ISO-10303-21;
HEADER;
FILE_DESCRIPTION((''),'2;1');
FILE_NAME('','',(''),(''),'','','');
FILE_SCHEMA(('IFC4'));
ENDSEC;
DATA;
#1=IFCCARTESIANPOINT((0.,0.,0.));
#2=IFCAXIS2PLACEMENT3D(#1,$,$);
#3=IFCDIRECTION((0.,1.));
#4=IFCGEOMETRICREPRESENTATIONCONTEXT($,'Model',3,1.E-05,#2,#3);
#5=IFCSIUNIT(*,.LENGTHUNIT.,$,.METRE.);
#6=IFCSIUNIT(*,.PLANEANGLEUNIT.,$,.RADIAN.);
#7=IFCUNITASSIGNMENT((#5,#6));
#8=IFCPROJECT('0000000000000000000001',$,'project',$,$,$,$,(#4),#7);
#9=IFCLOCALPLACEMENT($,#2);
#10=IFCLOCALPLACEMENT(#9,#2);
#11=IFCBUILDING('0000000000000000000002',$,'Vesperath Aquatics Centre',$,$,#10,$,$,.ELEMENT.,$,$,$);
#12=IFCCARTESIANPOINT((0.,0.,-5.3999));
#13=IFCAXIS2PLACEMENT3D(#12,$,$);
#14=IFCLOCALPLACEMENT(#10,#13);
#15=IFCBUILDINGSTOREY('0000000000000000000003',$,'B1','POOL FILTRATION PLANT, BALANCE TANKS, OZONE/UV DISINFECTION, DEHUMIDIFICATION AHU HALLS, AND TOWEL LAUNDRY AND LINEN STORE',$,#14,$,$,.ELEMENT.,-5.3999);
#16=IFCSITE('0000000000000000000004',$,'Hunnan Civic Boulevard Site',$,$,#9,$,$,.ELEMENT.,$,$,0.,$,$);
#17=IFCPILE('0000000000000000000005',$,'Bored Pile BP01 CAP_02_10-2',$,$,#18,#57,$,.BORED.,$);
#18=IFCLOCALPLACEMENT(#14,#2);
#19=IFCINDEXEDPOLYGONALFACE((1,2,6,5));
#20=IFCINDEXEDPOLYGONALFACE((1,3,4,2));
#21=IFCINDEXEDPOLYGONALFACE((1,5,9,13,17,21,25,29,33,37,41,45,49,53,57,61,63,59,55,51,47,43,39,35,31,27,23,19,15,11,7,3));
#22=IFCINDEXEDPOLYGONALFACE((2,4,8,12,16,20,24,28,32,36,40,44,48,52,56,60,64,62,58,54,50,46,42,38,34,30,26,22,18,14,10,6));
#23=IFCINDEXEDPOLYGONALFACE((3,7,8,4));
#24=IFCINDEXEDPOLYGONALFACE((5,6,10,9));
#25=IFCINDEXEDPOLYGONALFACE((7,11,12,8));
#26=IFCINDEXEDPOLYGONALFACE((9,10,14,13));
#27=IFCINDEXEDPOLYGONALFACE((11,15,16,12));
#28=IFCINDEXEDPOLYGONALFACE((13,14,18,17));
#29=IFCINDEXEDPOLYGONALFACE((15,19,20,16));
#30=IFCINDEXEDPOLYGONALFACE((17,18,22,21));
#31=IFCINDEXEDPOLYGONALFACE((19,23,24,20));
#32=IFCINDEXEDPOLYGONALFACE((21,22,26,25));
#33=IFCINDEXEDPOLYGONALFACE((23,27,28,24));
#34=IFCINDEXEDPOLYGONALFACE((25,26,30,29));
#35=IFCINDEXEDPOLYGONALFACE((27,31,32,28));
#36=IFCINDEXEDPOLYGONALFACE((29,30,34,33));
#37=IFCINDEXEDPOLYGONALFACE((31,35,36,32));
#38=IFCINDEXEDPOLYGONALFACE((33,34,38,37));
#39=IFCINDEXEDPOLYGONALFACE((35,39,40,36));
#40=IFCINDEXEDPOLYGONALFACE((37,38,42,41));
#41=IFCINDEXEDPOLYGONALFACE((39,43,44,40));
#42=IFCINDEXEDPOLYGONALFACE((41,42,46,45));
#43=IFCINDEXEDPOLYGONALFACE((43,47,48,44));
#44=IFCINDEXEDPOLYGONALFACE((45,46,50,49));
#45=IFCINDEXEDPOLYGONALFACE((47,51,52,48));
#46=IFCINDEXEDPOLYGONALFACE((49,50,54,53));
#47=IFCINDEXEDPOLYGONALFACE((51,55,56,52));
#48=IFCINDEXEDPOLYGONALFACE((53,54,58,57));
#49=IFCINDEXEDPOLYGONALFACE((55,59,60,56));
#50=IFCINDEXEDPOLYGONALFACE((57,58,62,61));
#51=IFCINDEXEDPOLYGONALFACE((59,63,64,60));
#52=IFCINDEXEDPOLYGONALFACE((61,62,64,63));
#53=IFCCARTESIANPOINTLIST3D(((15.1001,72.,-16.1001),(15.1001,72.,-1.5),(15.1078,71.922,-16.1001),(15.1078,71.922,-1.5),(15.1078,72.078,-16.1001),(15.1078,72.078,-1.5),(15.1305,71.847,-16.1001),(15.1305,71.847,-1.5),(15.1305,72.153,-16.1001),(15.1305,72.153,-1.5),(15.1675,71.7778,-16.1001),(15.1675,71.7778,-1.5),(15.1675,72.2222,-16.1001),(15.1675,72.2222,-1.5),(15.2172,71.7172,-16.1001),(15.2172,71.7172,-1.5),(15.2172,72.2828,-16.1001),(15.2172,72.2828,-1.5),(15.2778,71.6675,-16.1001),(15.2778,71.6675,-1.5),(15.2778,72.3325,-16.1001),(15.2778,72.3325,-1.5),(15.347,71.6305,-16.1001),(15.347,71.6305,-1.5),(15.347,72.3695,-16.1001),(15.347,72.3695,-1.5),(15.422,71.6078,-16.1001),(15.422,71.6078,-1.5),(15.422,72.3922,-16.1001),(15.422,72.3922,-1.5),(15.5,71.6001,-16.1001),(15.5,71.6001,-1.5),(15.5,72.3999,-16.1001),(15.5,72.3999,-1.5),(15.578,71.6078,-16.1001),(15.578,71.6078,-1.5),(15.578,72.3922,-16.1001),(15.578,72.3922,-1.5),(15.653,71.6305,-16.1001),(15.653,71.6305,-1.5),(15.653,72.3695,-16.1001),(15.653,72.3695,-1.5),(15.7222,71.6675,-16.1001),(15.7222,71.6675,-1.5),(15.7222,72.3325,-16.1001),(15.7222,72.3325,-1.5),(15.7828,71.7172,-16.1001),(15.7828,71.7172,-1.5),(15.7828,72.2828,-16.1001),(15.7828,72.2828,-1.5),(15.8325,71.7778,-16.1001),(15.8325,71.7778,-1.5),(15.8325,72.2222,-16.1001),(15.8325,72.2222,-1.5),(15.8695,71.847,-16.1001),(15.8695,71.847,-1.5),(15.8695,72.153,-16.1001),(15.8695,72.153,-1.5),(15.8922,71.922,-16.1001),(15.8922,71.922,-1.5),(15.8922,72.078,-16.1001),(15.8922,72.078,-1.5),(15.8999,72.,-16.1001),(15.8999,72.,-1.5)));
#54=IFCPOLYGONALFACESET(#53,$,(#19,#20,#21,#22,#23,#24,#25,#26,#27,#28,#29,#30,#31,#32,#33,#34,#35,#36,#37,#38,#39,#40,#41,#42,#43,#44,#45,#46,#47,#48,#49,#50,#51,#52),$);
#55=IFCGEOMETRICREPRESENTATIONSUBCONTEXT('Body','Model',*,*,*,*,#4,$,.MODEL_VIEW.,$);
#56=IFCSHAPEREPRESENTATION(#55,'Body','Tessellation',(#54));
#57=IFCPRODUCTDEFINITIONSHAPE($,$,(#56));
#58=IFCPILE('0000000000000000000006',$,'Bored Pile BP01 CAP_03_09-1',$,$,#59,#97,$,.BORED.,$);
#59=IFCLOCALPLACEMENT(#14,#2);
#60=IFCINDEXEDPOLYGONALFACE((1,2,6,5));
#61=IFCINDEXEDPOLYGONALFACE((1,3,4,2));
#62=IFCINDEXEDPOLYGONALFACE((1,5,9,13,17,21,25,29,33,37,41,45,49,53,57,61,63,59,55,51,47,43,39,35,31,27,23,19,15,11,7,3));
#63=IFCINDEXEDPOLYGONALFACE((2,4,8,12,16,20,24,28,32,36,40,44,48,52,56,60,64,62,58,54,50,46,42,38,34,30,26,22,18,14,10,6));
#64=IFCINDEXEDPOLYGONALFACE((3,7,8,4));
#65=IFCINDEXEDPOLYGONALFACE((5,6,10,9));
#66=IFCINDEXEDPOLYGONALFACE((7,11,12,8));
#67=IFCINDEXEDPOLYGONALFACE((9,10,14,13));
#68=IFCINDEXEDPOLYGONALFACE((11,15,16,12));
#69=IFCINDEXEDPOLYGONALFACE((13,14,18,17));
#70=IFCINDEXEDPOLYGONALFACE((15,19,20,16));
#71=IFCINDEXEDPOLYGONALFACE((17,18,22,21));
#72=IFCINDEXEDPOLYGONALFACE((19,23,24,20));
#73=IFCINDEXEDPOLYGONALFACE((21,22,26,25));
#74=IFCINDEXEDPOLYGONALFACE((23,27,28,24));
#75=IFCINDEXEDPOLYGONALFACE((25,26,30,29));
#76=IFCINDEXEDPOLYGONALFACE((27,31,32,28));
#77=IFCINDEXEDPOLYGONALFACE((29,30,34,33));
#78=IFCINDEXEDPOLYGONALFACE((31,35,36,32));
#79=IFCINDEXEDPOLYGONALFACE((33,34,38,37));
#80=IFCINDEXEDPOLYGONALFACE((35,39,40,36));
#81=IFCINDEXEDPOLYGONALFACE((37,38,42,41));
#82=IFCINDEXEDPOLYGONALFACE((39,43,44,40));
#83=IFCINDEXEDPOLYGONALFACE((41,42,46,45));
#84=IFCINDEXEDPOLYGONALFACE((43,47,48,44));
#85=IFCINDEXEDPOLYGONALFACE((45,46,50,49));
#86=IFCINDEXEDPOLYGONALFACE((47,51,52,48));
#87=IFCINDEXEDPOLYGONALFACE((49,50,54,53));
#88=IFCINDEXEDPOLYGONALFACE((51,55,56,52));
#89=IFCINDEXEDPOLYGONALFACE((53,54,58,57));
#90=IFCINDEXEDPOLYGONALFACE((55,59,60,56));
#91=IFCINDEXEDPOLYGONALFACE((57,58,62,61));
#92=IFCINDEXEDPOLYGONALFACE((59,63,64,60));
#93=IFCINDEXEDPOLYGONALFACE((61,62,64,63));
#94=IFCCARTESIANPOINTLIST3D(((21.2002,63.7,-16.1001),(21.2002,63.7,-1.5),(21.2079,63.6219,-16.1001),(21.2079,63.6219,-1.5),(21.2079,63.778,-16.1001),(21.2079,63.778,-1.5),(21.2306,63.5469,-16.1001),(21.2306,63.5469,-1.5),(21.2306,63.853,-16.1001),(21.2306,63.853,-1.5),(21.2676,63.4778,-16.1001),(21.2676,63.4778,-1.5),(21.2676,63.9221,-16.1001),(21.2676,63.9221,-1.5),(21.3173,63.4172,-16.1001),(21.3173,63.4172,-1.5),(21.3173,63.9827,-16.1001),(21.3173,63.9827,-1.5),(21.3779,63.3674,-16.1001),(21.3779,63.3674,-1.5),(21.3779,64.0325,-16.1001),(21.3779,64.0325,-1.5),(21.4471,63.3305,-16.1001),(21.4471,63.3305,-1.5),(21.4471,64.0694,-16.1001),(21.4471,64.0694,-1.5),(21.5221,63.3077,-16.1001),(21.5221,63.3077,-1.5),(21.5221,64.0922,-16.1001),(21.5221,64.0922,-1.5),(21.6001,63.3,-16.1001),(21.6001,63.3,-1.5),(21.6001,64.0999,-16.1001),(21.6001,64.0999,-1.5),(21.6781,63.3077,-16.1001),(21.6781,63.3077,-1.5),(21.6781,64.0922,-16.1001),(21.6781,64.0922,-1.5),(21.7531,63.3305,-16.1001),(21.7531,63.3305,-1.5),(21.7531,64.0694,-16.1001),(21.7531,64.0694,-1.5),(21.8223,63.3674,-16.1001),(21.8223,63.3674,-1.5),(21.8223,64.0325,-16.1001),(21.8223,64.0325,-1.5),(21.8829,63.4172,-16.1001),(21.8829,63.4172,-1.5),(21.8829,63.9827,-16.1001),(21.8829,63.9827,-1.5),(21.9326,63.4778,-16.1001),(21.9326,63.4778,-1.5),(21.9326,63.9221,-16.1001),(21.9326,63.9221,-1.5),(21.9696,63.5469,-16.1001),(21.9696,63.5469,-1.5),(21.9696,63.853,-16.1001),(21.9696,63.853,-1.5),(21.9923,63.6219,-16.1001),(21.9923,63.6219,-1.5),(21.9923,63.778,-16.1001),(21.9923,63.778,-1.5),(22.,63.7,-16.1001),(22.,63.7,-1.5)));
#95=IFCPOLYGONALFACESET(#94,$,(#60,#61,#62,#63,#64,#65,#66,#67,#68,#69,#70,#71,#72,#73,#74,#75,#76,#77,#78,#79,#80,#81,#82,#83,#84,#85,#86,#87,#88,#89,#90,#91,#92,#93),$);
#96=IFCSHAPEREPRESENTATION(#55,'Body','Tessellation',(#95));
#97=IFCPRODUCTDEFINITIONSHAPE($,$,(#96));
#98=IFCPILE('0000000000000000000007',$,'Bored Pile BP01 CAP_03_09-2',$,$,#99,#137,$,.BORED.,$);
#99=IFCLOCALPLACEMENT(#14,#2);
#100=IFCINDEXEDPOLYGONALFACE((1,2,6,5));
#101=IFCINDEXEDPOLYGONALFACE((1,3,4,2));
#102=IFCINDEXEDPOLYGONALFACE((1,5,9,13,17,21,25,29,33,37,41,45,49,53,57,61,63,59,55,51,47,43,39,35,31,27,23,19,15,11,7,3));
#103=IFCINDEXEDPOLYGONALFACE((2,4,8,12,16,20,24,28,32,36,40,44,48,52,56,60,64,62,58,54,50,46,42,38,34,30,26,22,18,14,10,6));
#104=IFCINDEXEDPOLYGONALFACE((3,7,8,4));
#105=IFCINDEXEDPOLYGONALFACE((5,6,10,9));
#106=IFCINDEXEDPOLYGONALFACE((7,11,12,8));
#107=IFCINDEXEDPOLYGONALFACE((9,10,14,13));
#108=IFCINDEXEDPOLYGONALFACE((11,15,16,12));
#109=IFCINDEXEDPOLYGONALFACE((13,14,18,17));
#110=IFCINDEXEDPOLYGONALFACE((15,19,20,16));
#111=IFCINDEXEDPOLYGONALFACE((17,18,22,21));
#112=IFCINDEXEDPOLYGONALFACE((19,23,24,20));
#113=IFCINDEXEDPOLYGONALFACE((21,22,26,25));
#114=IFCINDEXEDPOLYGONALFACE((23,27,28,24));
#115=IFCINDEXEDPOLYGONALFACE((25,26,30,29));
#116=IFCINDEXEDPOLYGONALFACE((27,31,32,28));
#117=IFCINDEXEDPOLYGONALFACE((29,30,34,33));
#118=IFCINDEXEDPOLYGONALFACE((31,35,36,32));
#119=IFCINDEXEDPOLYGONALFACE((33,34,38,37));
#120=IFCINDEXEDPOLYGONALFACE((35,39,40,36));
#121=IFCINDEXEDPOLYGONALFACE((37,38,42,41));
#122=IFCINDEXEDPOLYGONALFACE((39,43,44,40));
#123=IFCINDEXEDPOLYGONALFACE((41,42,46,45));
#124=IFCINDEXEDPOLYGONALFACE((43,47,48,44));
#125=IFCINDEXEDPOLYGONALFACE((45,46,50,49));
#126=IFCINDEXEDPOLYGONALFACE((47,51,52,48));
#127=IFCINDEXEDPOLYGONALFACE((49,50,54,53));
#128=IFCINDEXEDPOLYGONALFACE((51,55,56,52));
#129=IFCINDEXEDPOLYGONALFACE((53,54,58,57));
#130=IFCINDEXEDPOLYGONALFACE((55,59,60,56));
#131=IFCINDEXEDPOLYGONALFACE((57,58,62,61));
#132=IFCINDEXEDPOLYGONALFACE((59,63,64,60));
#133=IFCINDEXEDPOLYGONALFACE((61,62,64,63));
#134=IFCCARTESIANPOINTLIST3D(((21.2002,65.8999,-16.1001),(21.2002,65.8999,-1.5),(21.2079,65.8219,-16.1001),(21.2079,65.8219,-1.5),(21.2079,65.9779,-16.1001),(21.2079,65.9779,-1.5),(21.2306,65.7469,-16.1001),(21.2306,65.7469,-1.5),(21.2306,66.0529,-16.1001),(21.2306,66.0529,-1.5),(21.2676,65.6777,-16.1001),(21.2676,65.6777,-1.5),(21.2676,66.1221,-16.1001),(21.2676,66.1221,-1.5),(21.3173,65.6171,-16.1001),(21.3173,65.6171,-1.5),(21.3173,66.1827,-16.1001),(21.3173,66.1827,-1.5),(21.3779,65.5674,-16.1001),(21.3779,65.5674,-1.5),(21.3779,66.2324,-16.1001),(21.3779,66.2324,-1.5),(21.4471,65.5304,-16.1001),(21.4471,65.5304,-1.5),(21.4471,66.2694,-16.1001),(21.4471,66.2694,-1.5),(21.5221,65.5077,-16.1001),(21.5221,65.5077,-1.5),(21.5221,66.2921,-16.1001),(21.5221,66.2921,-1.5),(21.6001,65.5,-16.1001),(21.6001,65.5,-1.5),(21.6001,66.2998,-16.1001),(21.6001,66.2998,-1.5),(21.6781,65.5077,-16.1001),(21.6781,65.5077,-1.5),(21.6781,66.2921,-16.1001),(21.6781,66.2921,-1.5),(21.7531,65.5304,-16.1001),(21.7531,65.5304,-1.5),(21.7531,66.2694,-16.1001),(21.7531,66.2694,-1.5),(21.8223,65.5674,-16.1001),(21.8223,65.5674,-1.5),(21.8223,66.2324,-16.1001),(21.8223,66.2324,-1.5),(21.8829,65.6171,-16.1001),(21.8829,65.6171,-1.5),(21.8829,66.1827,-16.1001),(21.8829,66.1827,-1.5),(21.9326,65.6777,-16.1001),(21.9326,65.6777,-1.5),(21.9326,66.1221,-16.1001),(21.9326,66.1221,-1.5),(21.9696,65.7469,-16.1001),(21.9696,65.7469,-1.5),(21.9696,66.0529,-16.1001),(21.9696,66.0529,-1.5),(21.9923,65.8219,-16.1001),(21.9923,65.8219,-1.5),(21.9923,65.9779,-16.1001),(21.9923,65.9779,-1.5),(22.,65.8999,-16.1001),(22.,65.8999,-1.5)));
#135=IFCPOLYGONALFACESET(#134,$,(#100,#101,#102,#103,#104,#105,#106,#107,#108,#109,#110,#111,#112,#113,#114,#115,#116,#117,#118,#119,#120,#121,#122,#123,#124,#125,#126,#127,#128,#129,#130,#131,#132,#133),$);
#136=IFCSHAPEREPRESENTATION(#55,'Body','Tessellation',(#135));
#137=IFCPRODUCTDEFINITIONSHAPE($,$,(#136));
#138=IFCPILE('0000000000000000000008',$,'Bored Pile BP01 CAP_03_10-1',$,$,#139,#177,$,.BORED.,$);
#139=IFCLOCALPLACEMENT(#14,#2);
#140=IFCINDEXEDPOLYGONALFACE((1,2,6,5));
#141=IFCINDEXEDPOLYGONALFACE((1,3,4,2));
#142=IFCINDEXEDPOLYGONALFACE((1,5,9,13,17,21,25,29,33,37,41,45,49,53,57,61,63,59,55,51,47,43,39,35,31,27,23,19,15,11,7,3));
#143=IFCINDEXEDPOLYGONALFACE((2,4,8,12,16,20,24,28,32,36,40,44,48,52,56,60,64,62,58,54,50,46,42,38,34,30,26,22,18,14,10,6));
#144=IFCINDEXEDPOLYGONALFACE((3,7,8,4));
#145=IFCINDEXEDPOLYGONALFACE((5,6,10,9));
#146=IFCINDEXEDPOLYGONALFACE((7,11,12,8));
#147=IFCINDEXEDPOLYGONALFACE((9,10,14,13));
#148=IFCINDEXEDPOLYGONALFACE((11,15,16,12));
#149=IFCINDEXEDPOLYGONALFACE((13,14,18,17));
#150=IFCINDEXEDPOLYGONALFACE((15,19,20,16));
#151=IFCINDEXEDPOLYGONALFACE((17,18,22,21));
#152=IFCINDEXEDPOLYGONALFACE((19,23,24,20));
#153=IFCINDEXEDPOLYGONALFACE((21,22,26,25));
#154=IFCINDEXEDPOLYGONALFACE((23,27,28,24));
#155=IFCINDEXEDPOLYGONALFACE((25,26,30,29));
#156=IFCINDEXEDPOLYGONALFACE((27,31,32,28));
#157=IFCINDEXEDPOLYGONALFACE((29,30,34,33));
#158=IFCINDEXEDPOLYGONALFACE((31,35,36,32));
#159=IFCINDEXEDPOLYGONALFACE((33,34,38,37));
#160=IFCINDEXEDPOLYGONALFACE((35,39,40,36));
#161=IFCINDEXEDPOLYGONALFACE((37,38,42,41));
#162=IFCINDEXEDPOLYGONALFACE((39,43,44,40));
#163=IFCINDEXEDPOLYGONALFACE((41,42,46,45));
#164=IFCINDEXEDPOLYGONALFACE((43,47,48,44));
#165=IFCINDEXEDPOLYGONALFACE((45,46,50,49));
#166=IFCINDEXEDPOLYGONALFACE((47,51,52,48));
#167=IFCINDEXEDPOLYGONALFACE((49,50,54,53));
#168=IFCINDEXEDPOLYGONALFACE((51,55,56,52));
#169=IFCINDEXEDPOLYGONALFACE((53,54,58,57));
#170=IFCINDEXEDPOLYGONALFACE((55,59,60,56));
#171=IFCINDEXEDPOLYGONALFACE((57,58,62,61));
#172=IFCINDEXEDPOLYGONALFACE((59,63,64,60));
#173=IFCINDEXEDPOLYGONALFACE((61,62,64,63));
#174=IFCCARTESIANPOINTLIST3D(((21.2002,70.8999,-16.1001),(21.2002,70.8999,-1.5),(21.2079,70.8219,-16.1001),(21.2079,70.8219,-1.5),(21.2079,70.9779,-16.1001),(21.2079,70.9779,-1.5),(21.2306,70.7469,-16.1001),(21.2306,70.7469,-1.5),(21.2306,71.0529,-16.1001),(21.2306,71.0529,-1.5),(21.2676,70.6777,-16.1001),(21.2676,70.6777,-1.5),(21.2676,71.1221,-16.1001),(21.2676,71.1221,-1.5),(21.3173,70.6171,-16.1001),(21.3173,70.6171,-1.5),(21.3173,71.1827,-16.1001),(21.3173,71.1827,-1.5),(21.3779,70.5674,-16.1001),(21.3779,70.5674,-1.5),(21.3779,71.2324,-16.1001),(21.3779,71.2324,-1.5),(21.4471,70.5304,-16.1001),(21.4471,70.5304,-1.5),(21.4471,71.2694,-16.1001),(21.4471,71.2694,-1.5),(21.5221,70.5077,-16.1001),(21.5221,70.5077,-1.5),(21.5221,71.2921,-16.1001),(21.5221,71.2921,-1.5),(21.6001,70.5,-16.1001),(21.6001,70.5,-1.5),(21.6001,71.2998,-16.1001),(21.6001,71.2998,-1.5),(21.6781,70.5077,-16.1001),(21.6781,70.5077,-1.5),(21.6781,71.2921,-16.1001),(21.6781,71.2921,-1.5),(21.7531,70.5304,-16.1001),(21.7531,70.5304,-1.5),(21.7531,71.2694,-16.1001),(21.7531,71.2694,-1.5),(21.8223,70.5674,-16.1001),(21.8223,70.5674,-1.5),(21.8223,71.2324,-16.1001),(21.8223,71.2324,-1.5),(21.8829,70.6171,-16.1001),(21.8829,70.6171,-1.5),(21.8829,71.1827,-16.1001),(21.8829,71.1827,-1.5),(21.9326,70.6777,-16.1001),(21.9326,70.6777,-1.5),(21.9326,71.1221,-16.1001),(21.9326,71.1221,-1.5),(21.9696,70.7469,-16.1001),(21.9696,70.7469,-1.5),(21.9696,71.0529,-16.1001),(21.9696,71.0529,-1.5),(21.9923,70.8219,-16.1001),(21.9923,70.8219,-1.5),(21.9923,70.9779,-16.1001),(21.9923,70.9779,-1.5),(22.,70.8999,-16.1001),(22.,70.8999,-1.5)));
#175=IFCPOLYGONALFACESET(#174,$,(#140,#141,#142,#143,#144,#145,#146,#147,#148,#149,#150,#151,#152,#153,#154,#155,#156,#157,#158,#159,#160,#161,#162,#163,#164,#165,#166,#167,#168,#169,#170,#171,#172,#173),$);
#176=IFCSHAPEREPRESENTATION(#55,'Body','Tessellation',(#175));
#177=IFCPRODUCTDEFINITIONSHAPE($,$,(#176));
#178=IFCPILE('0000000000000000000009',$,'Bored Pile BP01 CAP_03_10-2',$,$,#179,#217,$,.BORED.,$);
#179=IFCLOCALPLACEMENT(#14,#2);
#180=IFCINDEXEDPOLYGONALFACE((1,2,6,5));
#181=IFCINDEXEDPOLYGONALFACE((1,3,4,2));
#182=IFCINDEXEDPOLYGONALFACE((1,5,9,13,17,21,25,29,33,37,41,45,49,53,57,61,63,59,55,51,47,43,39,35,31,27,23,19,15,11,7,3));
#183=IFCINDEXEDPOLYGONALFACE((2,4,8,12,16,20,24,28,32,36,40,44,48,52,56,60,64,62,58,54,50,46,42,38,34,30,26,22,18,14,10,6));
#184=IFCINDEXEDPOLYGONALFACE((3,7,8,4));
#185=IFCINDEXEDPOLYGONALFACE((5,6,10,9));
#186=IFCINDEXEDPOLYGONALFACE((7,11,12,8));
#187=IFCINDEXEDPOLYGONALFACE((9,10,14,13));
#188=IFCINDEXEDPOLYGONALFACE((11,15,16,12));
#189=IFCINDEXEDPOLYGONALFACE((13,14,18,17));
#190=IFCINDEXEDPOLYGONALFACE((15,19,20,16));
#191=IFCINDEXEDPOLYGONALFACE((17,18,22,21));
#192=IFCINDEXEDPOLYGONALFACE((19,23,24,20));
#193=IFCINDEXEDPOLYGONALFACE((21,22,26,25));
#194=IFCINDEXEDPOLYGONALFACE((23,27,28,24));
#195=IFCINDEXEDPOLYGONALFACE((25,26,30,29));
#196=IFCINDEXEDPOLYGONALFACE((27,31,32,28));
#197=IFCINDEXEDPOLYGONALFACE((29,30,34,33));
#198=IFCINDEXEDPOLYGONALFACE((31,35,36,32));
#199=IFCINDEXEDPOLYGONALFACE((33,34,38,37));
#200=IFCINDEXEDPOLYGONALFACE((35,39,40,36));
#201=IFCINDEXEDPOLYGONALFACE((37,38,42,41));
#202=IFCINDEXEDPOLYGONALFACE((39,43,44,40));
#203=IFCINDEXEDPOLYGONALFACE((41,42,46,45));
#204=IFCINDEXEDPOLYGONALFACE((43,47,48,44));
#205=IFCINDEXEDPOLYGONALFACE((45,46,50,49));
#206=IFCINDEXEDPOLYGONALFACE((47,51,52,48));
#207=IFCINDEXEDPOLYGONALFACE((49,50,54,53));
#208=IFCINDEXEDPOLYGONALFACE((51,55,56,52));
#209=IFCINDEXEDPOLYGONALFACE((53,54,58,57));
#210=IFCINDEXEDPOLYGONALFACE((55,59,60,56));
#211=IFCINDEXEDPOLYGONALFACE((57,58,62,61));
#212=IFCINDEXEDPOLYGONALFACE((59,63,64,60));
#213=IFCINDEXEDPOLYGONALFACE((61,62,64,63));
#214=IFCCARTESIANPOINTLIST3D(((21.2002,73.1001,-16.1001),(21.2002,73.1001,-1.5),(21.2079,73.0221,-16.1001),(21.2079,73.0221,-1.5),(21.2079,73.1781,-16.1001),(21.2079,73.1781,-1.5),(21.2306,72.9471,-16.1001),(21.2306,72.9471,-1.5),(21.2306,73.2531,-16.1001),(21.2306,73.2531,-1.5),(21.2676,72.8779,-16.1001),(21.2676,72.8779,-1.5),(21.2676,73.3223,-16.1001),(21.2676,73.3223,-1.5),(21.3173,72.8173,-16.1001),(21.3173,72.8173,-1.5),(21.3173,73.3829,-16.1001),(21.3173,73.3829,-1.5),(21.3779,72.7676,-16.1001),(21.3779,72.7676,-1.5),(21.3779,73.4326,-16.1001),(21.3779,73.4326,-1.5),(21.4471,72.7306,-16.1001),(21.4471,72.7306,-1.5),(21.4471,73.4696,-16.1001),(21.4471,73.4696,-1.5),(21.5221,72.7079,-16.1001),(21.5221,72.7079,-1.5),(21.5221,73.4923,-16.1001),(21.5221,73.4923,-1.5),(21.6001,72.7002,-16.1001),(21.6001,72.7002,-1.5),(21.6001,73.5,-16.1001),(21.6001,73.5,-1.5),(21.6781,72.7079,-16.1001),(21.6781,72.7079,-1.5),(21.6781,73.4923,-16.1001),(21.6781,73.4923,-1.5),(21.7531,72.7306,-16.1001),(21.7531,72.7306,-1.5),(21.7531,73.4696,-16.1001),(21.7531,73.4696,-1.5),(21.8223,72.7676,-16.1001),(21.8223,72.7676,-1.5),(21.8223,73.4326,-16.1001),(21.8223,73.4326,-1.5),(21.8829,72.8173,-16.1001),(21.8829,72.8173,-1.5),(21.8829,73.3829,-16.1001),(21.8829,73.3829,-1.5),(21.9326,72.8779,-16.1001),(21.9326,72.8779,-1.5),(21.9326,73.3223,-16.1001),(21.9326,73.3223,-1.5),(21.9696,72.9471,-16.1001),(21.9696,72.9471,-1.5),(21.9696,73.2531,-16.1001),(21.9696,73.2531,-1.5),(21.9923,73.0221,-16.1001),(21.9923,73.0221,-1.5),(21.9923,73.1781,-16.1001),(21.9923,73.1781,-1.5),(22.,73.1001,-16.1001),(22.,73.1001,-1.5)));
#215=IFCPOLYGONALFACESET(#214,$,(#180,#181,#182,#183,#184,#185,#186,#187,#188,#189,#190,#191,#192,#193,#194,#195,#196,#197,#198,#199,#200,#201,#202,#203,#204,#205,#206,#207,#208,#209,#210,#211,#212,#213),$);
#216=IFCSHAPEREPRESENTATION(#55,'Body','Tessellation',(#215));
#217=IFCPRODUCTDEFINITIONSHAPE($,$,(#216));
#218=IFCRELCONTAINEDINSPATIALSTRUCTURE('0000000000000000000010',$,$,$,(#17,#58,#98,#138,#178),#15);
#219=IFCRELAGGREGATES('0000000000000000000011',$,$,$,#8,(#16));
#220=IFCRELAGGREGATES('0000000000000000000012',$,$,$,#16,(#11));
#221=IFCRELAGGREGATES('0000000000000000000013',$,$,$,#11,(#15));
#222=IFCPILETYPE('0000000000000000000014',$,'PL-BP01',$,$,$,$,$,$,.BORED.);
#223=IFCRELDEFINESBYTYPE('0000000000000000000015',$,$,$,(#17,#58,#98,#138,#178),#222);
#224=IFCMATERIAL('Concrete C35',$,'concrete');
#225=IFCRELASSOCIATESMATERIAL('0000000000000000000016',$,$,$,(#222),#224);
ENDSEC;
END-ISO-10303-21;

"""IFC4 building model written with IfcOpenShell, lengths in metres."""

from ifc_helpers import new_model, si_unit, direction, frame, origin, origin_2d, place, context, subcontext, project, spatial, circle, extrude, material, material_profile, profile_set, type_object, element, save


model = new_model("IFC4")

# Units and contexts
model_context = context("Model", 3, precision=1e-05, world=origin(), true_north=direction((0.0, 1.0)))
body_context = subcontext(model_context, "Body", "Model", "MODEL_VIEW")
ifc_project = project(units=[si_unit("LENGTHUNIT", "METRE"), si_unit("PLANEANGLEUNIT", "RADIAN")], contexts=[model_context])

# Site, building, storey
site_placement = place(None, origin())
site = spatial("IfcSite", under=ifc_project, at=site_placement, Name="Hunnan Civic Boulevard Site", CompositionType="ELEMENT", RefElevation=0.0)
building_placement = place(site_placement, origin())
building = spatial("IfcBuilding", under=site, at=building_placement, Name="Vesperath Aquatics Centre", CompositionType="ELEMENT")
storey_placement = place(building_placement, frame((0.0, 0.0, -5.3999)))
storey = spatial("IfcBuildingStorey", under=building, at=storey_placement, Name="B1", Description="POOL FILTRATION PLANT, BALANCE TANKS, OZONE/UV DISINFECTION, DEHUMIDIFICATION AHU HALLS, AND TOWEL LAUNDRY AND LINEN STORE", CompositionType="ELEMENT", Elevation=-5.3999)

# Piles
ifc_material_1 = material(Name="Concrete C35", Category="concrete")
ifc_material_profile_1 = material_profile(ifc_material_1, circle(Radius=0.3999, at=origin_2d()), Name="PILE D800")
ifc_profile_set_1 = profile_set([ifc_material_profile_1], Name="Concrete C35")
pile_type = type_object("IfcPileType", Name="PL-BP01", PredefinedType="BORED", material=ifc_profile_set_1)
for number, where, z_axis, x_axis, name in (
    (1, (15.5, 72.0, -1.5), (0.0, 0.0, -1.0), (1.0, 0.0, 0.0), "Bored Pile BP01 CAP_02_10-2"),
    (2, (21.6001, 63.7, -1.5), (0.0, 0.0, -1.0), (1.0, 0.0, 0.0), "Bored Pile BP01 CAP_03_09-1"),
    (3, (21.6001, 65.8999, -1.5), (0.0, 0.0, -1.0), (1.0, 0.0, 0.0), "Bored Pile BP01 CAP_03_09-2"),
    (4, (21.6001, 70.8999, -1.5), (0.0, 0.0, -1.0), (1.0, 0.0, 0.0), "Bored Pile BP01 CAP_03_10-1"),
    (5, (21.6001, 73.1001, -1.5), (0.0, 0.0, -1.0), (1.0, 0.0, 0.0), "Bored Pile BP01 CAP_03_10-2"),
):
    element("IfcPile", number, at=place(storey_placement, frame(where, z_axis=z_axis, x_axis=x_axis)), inside=storey, type_object=pile_type, Name=name, PredefinedType="BORED", context=body_context, shape_type="SweptSolid", body=[
        extrude(circle(Radius=0.3999, at=origin_2d()), origin(), (0.0, 0.0, 1.0), 14.6001),
    ])

save(model, "model.ifc")
